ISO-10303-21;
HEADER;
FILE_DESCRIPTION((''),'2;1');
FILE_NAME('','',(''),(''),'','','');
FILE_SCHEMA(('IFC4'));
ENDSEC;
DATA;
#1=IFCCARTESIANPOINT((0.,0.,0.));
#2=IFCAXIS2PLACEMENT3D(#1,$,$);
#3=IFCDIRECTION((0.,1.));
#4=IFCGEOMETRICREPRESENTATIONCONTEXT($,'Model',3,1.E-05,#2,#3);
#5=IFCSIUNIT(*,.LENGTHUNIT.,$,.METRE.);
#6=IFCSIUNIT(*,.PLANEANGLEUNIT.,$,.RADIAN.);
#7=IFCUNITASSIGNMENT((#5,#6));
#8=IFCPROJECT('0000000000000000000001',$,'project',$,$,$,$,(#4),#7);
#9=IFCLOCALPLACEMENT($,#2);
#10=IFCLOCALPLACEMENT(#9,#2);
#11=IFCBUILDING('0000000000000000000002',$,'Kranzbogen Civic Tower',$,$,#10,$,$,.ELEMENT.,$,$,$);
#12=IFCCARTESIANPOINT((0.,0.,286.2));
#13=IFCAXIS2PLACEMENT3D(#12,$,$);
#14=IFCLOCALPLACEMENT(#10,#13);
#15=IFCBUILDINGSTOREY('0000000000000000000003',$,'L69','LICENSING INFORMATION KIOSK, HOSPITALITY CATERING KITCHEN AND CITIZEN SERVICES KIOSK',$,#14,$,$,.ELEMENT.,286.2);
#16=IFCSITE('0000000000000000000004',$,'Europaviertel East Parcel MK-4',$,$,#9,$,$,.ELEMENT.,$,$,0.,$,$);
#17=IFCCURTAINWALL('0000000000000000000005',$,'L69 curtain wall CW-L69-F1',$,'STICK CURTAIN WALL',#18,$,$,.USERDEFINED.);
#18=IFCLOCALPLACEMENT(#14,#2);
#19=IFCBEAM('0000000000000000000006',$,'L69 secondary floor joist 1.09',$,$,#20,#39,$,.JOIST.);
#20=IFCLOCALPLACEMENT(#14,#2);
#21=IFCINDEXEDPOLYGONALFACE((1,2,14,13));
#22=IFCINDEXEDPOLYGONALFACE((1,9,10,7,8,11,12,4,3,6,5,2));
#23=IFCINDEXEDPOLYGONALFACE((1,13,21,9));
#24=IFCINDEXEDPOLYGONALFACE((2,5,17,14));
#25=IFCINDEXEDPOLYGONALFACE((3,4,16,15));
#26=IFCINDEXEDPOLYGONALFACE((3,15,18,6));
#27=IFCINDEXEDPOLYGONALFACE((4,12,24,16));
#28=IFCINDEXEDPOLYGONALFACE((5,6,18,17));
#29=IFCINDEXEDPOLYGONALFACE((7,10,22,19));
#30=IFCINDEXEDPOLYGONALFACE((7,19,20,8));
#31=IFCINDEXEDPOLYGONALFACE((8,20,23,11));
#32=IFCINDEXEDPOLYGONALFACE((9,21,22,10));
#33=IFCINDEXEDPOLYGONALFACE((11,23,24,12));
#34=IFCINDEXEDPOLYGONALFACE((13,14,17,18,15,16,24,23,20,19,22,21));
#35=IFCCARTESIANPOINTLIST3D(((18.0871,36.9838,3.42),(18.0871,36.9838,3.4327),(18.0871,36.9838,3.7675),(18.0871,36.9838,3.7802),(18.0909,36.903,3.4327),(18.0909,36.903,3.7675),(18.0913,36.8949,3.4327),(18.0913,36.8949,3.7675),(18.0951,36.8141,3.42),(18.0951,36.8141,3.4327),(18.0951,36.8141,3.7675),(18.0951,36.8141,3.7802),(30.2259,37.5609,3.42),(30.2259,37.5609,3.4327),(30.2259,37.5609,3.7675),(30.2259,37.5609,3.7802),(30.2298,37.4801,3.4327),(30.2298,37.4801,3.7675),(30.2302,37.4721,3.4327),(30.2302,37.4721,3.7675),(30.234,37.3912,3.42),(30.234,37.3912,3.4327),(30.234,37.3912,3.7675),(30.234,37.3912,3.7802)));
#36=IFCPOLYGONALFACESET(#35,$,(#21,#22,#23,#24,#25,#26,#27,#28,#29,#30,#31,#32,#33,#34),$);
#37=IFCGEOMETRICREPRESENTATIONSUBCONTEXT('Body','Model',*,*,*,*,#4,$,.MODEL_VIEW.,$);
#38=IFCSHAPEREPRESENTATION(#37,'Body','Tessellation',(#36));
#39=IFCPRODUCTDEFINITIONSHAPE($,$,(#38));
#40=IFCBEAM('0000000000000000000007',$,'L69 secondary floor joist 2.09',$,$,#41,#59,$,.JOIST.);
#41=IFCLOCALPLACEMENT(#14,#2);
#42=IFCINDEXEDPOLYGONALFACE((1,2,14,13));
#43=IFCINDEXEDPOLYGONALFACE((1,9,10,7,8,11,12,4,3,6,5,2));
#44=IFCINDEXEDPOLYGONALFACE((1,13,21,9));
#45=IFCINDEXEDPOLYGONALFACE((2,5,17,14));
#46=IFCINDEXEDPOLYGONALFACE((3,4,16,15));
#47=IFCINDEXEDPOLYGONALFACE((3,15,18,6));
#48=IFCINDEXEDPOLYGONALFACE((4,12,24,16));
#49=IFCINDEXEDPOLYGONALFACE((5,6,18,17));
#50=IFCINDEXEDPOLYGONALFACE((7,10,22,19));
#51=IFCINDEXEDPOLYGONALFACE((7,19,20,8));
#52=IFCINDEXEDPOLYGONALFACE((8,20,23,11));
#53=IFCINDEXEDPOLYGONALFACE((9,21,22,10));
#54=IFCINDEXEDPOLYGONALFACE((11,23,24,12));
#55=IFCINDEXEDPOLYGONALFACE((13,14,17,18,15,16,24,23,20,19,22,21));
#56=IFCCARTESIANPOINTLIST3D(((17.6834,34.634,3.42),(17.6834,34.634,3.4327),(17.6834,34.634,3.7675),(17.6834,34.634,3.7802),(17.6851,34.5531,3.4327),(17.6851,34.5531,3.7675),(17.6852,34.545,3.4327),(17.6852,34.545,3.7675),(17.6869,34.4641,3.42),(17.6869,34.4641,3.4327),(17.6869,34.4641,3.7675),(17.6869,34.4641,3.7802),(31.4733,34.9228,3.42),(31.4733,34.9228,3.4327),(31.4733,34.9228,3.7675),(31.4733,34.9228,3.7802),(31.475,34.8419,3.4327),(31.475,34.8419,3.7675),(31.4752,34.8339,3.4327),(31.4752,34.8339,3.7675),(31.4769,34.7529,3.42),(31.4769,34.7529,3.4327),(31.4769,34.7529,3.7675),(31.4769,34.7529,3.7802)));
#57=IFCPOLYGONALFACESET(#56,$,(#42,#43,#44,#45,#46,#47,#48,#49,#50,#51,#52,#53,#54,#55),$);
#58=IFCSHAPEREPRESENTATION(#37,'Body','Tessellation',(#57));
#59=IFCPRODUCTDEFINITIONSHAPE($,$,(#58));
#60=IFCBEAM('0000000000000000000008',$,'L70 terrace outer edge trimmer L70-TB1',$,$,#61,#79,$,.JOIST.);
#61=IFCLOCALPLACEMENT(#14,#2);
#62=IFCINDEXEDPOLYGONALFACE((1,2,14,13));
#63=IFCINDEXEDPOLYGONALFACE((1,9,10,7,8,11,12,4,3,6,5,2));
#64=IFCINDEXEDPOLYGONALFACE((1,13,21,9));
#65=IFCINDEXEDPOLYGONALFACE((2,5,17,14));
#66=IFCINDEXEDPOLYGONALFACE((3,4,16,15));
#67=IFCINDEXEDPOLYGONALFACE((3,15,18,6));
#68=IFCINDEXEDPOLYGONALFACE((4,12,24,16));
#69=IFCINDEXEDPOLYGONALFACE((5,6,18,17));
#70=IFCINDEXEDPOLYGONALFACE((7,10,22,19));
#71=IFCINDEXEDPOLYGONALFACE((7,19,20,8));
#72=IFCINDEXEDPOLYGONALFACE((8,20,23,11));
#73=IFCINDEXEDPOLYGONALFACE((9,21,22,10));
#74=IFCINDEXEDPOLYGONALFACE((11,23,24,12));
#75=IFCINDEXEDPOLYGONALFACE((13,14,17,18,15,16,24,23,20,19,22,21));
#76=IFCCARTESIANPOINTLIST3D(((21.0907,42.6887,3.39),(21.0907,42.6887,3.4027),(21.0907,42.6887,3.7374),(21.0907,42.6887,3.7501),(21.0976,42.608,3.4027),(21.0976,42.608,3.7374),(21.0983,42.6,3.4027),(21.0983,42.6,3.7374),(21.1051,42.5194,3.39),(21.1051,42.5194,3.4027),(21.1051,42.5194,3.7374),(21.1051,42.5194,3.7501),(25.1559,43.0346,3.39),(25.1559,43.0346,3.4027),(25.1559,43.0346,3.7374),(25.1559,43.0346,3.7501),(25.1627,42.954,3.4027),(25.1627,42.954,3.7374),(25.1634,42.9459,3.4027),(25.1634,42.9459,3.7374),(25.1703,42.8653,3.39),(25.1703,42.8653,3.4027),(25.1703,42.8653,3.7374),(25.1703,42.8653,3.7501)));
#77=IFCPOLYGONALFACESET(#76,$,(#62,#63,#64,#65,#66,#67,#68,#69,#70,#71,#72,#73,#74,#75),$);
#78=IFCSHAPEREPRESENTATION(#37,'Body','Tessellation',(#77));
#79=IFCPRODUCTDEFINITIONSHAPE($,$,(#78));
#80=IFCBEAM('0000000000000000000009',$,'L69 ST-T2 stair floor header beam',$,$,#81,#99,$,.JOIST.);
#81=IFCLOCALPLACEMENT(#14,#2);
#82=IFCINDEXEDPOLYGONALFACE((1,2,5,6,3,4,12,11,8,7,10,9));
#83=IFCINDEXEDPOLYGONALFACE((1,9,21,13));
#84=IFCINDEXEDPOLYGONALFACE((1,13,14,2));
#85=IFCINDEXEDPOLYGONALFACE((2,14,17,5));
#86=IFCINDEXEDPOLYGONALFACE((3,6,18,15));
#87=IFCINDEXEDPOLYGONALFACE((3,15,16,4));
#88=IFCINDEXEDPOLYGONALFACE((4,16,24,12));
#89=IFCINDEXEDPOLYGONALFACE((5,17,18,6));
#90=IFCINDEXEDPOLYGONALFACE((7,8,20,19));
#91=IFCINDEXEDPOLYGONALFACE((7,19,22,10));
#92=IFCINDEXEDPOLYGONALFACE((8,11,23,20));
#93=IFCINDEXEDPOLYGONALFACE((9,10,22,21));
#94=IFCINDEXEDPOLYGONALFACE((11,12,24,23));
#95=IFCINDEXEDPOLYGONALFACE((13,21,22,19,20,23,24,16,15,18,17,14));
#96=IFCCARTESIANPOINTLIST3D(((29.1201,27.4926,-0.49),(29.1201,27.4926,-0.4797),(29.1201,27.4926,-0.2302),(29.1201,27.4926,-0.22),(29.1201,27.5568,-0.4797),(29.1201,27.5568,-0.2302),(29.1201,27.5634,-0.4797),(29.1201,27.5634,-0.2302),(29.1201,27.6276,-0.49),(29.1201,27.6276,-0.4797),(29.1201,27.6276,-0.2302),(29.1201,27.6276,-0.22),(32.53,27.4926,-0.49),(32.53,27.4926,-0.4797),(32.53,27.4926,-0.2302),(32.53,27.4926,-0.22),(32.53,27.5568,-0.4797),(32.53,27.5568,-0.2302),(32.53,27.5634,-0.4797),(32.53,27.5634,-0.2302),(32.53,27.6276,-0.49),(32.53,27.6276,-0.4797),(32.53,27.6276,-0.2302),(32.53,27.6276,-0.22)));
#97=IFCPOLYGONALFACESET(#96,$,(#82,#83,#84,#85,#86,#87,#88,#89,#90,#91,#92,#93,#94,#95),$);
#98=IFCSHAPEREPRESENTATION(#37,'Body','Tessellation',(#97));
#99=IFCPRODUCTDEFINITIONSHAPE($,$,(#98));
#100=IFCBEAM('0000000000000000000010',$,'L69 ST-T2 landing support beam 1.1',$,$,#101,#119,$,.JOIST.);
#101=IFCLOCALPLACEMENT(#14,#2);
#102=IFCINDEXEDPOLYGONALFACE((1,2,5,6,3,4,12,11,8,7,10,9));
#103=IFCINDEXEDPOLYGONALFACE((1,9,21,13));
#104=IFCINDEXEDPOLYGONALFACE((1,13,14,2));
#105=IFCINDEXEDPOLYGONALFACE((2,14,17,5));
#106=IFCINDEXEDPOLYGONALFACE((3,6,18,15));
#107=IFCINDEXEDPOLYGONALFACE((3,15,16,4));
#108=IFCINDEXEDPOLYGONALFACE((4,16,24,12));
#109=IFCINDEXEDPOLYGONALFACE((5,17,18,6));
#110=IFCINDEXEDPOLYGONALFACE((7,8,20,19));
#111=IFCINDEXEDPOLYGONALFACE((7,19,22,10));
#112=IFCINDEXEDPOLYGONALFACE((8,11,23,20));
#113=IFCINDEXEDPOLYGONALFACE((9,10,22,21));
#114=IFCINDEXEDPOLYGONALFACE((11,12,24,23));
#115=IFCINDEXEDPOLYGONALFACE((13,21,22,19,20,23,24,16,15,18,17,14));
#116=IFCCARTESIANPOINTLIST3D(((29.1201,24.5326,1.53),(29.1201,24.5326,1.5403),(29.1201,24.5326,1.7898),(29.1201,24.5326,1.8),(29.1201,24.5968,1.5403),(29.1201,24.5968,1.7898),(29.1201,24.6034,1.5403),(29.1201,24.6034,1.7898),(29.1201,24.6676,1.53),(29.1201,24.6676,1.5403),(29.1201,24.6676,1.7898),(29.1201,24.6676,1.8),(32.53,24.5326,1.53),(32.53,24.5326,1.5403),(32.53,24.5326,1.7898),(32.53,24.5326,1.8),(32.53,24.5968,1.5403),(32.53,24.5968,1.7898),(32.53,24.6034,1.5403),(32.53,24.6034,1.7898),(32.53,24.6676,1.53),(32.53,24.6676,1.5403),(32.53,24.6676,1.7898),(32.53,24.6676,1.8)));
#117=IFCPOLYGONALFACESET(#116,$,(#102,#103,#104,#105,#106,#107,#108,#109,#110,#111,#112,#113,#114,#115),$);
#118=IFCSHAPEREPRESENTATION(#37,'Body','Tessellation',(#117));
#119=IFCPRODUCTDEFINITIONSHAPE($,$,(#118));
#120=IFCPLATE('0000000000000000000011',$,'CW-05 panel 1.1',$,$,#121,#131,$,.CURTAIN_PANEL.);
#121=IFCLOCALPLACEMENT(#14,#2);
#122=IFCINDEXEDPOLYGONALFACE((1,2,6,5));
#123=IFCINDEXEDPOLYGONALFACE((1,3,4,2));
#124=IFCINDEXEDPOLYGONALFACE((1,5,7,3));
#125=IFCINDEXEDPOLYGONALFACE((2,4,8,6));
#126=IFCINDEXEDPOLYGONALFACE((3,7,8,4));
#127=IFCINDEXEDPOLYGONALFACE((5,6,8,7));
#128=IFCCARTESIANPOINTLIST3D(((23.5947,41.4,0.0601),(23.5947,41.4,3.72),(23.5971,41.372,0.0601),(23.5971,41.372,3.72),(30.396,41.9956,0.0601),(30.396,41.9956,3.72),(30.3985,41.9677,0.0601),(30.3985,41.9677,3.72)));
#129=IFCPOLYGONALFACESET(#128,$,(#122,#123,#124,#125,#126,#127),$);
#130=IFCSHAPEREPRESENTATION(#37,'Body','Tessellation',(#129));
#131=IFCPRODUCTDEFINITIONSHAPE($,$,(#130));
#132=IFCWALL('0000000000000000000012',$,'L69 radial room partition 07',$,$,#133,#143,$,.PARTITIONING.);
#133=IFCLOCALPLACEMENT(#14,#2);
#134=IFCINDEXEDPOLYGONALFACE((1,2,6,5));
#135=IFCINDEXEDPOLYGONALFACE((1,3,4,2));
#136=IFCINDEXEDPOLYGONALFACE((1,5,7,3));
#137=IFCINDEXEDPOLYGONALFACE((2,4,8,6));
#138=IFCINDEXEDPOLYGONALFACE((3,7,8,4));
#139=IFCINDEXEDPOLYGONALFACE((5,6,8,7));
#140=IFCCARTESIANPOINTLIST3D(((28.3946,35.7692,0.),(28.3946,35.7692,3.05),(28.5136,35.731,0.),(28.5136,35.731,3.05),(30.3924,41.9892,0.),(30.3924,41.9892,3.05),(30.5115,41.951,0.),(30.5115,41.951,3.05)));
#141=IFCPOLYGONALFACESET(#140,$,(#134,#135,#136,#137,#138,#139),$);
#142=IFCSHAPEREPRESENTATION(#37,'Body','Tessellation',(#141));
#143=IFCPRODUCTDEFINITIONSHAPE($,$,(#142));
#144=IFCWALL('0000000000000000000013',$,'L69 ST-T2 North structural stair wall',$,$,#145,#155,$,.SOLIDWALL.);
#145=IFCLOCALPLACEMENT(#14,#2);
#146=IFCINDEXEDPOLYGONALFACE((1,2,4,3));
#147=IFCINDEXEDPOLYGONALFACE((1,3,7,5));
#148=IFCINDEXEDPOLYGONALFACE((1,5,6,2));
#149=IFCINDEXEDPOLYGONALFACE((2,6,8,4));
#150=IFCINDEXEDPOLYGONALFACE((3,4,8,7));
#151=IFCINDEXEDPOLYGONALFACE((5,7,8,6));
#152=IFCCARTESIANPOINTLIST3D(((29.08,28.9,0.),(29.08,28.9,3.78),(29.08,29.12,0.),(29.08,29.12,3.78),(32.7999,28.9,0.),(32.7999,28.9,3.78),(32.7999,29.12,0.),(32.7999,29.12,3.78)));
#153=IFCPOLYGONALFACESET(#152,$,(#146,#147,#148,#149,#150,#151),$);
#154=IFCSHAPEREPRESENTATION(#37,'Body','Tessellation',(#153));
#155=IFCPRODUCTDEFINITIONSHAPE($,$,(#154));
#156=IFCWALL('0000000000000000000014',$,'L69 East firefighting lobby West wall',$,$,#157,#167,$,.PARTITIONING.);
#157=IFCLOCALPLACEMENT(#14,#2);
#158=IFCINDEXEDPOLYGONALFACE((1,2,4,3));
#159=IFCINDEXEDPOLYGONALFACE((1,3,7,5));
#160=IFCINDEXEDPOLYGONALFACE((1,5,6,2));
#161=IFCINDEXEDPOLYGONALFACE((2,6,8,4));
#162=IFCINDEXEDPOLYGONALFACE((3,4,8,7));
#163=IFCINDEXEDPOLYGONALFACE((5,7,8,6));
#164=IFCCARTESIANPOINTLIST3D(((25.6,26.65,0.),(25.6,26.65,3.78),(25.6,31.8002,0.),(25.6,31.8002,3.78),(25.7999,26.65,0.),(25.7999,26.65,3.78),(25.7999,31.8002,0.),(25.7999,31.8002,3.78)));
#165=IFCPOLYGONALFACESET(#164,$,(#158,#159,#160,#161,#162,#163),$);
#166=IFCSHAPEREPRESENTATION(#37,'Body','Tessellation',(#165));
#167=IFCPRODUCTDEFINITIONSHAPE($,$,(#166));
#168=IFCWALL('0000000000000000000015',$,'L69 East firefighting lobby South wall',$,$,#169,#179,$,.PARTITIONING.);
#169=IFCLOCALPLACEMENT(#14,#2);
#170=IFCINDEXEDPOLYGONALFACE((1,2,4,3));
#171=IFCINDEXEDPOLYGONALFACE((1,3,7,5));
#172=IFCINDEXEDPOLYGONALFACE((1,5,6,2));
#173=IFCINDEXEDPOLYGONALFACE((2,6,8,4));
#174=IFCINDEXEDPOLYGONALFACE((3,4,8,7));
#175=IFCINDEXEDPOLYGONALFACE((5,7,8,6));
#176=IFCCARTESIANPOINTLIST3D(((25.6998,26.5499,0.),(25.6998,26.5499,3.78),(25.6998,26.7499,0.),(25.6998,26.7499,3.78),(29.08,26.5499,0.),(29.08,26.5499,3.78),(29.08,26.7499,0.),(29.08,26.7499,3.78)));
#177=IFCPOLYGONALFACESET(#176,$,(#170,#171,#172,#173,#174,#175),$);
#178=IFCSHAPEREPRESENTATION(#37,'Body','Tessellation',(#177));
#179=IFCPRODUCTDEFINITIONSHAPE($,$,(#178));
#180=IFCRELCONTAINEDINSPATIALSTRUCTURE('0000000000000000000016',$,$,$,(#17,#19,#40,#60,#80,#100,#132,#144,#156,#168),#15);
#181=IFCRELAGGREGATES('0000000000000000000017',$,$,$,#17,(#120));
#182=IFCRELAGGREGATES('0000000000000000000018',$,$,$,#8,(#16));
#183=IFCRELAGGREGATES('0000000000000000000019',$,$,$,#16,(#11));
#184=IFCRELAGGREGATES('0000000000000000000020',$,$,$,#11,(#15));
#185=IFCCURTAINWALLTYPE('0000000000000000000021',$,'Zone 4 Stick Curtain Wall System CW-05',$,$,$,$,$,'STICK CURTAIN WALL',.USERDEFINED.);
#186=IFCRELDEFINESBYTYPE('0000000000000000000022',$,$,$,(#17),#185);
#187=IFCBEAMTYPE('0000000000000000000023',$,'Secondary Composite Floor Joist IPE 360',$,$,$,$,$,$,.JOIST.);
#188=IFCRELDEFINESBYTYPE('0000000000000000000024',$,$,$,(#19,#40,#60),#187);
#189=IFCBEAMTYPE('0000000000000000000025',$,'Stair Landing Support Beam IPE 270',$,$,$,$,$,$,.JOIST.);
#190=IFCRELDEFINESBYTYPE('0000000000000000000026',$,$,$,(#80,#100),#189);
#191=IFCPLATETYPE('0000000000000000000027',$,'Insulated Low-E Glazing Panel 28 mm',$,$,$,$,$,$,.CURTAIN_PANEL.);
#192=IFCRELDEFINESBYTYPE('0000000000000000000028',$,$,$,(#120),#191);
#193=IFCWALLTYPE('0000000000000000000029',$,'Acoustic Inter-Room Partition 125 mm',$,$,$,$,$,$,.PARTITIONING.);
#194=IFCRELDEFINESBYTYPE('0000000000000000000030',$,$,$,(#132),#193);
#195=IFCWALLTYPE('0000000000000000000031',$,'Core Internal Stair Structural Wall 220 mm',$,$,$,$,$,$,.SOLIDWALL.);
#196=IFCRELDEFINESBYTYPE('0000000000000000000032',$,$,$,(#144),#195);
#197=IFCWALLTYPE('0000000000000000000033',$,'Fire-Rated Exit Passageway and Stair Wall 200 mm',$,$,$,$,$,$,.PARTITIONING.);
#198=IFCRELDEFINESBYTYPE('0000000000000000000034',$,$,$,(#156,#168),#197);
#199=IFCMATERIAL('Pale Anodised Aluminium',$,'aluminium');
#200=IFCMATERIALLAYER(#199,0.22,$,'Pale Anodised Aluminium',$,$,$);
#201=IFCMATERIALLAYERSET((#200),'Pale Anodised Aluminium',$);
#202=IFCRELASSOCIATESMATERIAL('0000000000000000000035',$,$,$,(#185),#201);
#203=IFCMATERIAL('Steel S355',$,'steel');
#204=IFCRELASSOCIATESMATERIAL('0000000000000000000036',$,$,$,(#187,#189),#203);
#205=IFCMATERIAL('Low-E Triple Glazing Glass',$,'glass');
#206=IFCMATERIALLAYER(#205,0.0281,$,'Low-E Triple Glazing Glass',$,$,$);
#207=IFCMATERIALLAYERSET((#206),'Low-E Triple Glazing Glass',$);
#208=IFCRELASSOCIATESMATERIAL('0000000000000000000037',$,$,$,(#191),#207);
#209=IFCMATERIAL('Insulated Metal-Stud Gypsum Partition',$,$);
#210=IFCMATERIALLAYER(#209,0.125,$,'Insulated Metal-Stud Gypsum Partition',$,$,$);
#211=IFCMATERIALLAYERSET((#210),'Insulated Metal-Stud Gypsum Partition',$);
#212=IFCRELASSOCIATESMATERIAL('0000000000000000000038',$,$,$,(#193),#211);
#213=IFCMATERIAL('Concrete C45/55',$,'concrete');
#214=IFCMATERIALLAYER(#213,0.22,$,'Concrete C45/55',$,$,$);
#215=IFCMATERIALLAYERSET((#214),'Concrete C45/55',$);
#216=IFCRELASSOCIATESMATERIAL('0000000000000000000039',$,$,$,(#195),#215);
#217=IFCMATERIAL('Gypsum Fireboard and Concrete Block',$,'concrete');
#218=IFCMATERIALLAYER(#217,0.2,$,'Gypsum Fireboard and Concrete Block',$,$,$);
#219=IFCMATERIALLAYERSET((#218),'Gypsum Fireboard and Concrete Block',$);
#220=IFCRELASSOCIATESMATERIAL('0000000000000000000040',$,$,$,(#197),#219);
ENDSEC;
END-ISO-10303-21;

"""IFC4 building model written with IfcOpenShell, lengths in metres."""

from ifc_helpers import new_model, si_unit, direction, frame, frame_2d, origin, origin_2d, place, context, subcontext, project, spatial, rectangle, i_section, extrude, material, layer, layer_set, material_profile, profile_set, type_object, element, aggregate, save


model = new_model("IFC4")

# Units and contexts
model_context = context("Model", 3, precision=1e-05, world=origin(), true_north=direction((0.0, 1.0)))
body_context = subcontext(model_context, "Body", "Model", "MODEL_VIEW")
ifc_project = project(units=[si_unit("LENGTHUNIT", "METRE"), si_unit("PLANEANGLEUNIT", "RADIAN")], contexts=[model_context])

# Site, building, storey
site_placement = place(None, origin())
site = spatial("IfcSite", under=ifc_project, at=site_placement, Name="Europaviertel East Parcel MK-4", CompositionType="ELEMENT", RefElevation=0.0)
building_placement = place(site_placement, origin())
building = spatial("IfcBuilding", under=site, at=building_placement, Name="Kranzbogen Civic Tower", CompositionType="ELEMENT")
storey_placement = place(building_placement, frame((0.0, 0.0, 286.2)))
storey = spatial("IfcBuildingStorey", under=building, at=storey_placement, Name="L69", Description="LICENSING INFORMATION KIOSK, HOSPITALITY CATERING KITCHEN AND CITIZEN SERVICES KIOSK", CompositionType="ELEMENT", Elevation=286.2)

# Shared definitions
ifc_material_1 = material(Name="Steel S355", Category="steel")

# Curtain wall
ifc_material_2 = material(Name="Pale Anodised Aluminium", Category="aluminium")
ifc_layer_1 = layer(ifc_material_2, 0.22, Name="Pale Anodised Aluminium")
ifc_layer_set_1 = layer_set([ifc_layer_1], Name="Pale Anodised Aluminium")
curtain_wall_type = type_object("IfcCurtainWallType", Name="Zone 4 Stick Curtain Wall System CW-05", ElementType="STICK CURTAIN WALL", PredefinedType="USERDEFINED", material=ifc_layer_set_1)
curtain_wall_placement = place(storey_placement, origin())
curtain_wall = element("IfcCurtainWall", 1, at=curtain_wall_placement, inside=storey, type_object=curtain_wall_type, Name="L69 curtain wall CW-L69-F1", ObjectType="STICK CURTAIN WALL", PredefinedType="USERDEFINED")

# Beams
ifc_material_profile_1 = material_profile(ifc_material_1, i_section(OverallWidth=0.1699, OverallDepth=0.3601, WebThickness=0.0081, FlangeThickness=0.0127, at=origin_2d()), Name="IPE 360")
ifc_profile_set_1 = profile_set([ifc_material_profile_1], Name="Steel S355")
beam_type_1 = type_object("IfcBeamType", Name="Secondary Composite Floor Joist IPE 360", PredefinedType="JOIST", material=ifc_profile_set_1)
beam_1_placement = place(storey_placement, frame((30.23, 37.4761, 3.6001), z_axis=(-0.998872, -0.047492, 0.0), x_axis=(0.047492, -0.998872, 0.0)))
element("IfcBeam", 2, at=beam_1_placement, inside=storey, type_object=beam_type_1, Name="L69 secondary floor joist 1.09", PredefinedType="JOIST", context=body_context, shape_type="SweptSolid", body=[
    extrude(i_section(OverallWidth=0.1699, OverallDepth=0.3601, WebThickness=0.0081, FlangeThickness=0.0127, at=origin_2d()), origin(), (0.0, 0.0, 1.0), 12.1526),
])
beam_2_placement = place(storey_placement, frame((31.4751, 34.8379, 3.6001), z_axis=(-0.999781, -0.020939, 0.0), x_axis=(0.020939, -0.999781, 0.0)))
element("IfcBeam", 3, at=beam_2_placement, inside=storey, type_object=beam_type_1, Name="L69 secondary floor joist 2.09", PredefinedType="JOIST", context=body_context, shape_type="SweptSolid", body=[
    extrude(i_section(OverallWidth=0.1699, OverallDepth=0.3601, WebThickness=0.0081, FlangeThickness=0.0127, at=origin_2d()), origin(), (0.0, 0.0, 1.0), 13.793),
])
beam_3_placement = place(storey_placement, frame((25.1631, 42.95, 3.5701), z_axis=(-0.996399, -0.084794, 0.0), x_axis=(0.084794, -0.996399, 0.0)))
element("IfcBeam", 4, at=beam_3_placement, inside=storey, type_object=beam_type_1, Name="L70 terrace outer edge trimmer L70-TB1", PredefinedType="JOIST", context=body_context, shape_type="SweptSolid", body=[
    extrude(i_section(OverallWidth=0.1699, OverallDepth=0.3601, WebThickness=0.0081, FlangeThickness=0.0127, at=origin_2d()), origin(), (0.0, 0.0, 1.0), 4.0798),
])
ifc_material_profile_2 = material_profile(ifc_material_1, i_section(OverallWidth=0.135, OverallDepth=0.27, WebThickness=0.0066, FlangeThickness=0.0103, at=origin_2d()), Name="IPE 270")
ifc_profile_set_2 = profile_set([ifc_material_profile_2], Name="Steel S355")
beam_type_2 = type_object("IfcBeamType", Name="Stair Landing Support Beam IPE 270", PredefinedType="JOIST", material=ifc_profile_set_2)
for number, where, z_axis, x_axis, name in (
    (5, (29.1201, 27.5601, -0.355), (1.0, 0.0, 0.0), (0.0, 1.0, 0.0), "L69 ST-T2 stair floor header beam"),
    (6, (29.1201, 24.6001, 1.665), (1.0, 0.0, 0.0), (0.0, 1.0, 0.0), "L69 ST-T2 landing support beam 1.1"),
):
    element("IfcBeam", number, at=place(storey_placement, frame(where, z_axis=z_axis, x_axis=x_axis)), inside=storey, type_object=beam_type_2, Name=name, PredefinedType="JOIST", context=body_context, shape_type="SweptSolid", body=[
        extrude(i_section(OverallWidth=0.135, OverallDepth=0.27, WebThickness=0.0066, FlangeThickness=0.0103, at=origin_2d()), origin(), (0.0, 0.0, 1.0), 3.4099),
    ])

# Plate
ifc_material_3 = material(Name="Low-E Triple Glazing Glass", Category="glass")
ifc_layer_2 = layer(ifc_material_3, 0.0281, Name="Low-E Triple Glazing Glass")
ifc_layer_set_2 = layer_set([ifc_layer_2], Name="Low-E Triple Glazing Glass")
plate_type = type_object("IfcPlateType", Name="Insulated Low-E Glazing Panel 28 mm", PredefinedType="CURTAIN_PANEL", material=ifc_layer_set_2)
plate_placement = place(storey_placement, frame((26.9966, 41.6838, 0.0601), z_axis=(0.0, 0.0, 1.0), x_axis=(-0.996187, -0.087244, 0.0)))
plate = element("IfcPlate", 7, at=plate_placement, type_object=plate_type, Name="CW-05 panel 1.1", PredefinedType="CURTAIN_PANEL", context=body_context, shape_type="SweptSolid", body=[
    extrude(rectangle(XDim=6.8274, YDim=0.0281, at=origin_2d()), origin(), (0.0, 0.0, 1.0), 3.6599),
])
aggregate(curtain_wall, [plate])

# Walls
ifc_material_4 = material(Name="Insulated Metal-Stud Gypsum Partition")
ifc_layer_3 = layer(ifc_material_4, 0.125, Name="Insulated Metal-Stud Gypsum Partition")
ifc_layer_set_3 = layer_set([ifc_layer_3], Name="Insulated Metal-Stud Gypsum Partition")
wall_type_1 = type_object("IfcWallType", Name="Acoustic Inter-Room Partition 125 mm", PredefinedType="PARTITIONING", material=ifc_layer_set_3)
wall_1_placement = place(storey_placement, frame((28.4541, 35.75, 0.0), z_axis=(0.0, 0.0, 1.0), x_axis=(0.305805, 0.952094, 0.0)))
element("IfcWall", 8, at=wall_1_placement, inside=storey, type_object=wall_type_1, Name="L69 radial room partition 07", PredefinedType="PARTITIONING", context=body_context, shape_type="SweptSolid", body=[
    extrude(rectangle(XDim=6.533, YDim=0.125, at=frame_2d((3.2666, 0.0))), origin(), (0.0, 0.0, 1.0), 3.05),
])
ifc_material_5 = material(Name="Concrete C45/55", Category="concrete")
ifc_layer_4 = layer(ifc_material_5, 0.22, Name="Concrete C45/55")
ifc_layer_set_4 = layer_set([ifc_layer_4], Name="Concrete C45/55")
wall_type_2 = type_object("IfcWallType", Name="Core Internal Stair Structural Wall 220 mm", PredefinedType="SOLIDWALL", material=ifc_layer_set_4)
wall_2_placement = place(storey_placement, frame((29.0801, 29.01, 0.0), z_axis=(0.0, 0.0, 1.0), x_axis=(1.0, 0.0, 0.0)))
element("IfcWall", 9, at=wall_2_placement, inside=storey, type_object=wall_type_2, Name="L69 ST-T2 North structural stair wall", PredefinedType="SOLIDWALL", context=body_context, shape_type="SweptSolid", body=[
    extrude(rectangle(XDim=3.72, YDim=0.22, at=frame_2d((1.8599, 0.0))), origin(), (0.0, 0.0, 1.0), 3.78),
])
ifc_material_6 = material(Name="Gypsum Fireboard and Concrete Block", Category="concrete")
ifc_layer_5 = layer(ifc_material_6, 0.2, Name="Gypsum Fireboard and Concrete Block")
ifc_layer_set_5 = layer_set([ifc_layer_5], Name="Gypsum Fireboard and Concrete Block")
wall_type_3 = type_object("IfcWallType", Name="Fire-Rated Exit Passageway and Stair Wall 200 mm", PredefinedType="PARTITIONING", material=ifc_layer_set_5)
wall_3_placement = place(storey_placement, frame((25.7, 26.6499, 0.0), z_axis=(0.0, 0.0, 1.0), x_axis=(0.0, 1.0, 0.0)))
element("IfcWall", 10, at=wall_3_placement, inside=storey, type_object=wall_type_3, Name="L69 East firefighting lobby West wall", PredefinedType="PARTITIONING", context=body_context, shape_type="SweptSolid", body=[
    extrude(rectangle(XDim=5.1501, YDim=0.2, at=frame_2d((2.5752, 0.0))), origin(), (0.0, 0.0, 1.0), 3.78),
])
wall_4_placement = place(storey_placement, frame((25.7, 26.6499, 0.0), z_axis=(0.0, 0.0, 1.0), x_axis=(1.0, 0.0, 0.0)))
element("IfcWall", 11, at=wall_4_placement, inside=storey, type_object=wall_type_3, Name="L69 East firefighting lobby South wall", PredefinedType="PARTITIONING", context=body_context, shape_type="SweptSolid", body=[
    extrude(rectangle(XDim=3.3801, YDim=0.2, at=frame_2d((1.6899, 0.0))), origin(), (0.0, 0.0, 1.0), 3.78),
])

save(model, "model.ifc")
